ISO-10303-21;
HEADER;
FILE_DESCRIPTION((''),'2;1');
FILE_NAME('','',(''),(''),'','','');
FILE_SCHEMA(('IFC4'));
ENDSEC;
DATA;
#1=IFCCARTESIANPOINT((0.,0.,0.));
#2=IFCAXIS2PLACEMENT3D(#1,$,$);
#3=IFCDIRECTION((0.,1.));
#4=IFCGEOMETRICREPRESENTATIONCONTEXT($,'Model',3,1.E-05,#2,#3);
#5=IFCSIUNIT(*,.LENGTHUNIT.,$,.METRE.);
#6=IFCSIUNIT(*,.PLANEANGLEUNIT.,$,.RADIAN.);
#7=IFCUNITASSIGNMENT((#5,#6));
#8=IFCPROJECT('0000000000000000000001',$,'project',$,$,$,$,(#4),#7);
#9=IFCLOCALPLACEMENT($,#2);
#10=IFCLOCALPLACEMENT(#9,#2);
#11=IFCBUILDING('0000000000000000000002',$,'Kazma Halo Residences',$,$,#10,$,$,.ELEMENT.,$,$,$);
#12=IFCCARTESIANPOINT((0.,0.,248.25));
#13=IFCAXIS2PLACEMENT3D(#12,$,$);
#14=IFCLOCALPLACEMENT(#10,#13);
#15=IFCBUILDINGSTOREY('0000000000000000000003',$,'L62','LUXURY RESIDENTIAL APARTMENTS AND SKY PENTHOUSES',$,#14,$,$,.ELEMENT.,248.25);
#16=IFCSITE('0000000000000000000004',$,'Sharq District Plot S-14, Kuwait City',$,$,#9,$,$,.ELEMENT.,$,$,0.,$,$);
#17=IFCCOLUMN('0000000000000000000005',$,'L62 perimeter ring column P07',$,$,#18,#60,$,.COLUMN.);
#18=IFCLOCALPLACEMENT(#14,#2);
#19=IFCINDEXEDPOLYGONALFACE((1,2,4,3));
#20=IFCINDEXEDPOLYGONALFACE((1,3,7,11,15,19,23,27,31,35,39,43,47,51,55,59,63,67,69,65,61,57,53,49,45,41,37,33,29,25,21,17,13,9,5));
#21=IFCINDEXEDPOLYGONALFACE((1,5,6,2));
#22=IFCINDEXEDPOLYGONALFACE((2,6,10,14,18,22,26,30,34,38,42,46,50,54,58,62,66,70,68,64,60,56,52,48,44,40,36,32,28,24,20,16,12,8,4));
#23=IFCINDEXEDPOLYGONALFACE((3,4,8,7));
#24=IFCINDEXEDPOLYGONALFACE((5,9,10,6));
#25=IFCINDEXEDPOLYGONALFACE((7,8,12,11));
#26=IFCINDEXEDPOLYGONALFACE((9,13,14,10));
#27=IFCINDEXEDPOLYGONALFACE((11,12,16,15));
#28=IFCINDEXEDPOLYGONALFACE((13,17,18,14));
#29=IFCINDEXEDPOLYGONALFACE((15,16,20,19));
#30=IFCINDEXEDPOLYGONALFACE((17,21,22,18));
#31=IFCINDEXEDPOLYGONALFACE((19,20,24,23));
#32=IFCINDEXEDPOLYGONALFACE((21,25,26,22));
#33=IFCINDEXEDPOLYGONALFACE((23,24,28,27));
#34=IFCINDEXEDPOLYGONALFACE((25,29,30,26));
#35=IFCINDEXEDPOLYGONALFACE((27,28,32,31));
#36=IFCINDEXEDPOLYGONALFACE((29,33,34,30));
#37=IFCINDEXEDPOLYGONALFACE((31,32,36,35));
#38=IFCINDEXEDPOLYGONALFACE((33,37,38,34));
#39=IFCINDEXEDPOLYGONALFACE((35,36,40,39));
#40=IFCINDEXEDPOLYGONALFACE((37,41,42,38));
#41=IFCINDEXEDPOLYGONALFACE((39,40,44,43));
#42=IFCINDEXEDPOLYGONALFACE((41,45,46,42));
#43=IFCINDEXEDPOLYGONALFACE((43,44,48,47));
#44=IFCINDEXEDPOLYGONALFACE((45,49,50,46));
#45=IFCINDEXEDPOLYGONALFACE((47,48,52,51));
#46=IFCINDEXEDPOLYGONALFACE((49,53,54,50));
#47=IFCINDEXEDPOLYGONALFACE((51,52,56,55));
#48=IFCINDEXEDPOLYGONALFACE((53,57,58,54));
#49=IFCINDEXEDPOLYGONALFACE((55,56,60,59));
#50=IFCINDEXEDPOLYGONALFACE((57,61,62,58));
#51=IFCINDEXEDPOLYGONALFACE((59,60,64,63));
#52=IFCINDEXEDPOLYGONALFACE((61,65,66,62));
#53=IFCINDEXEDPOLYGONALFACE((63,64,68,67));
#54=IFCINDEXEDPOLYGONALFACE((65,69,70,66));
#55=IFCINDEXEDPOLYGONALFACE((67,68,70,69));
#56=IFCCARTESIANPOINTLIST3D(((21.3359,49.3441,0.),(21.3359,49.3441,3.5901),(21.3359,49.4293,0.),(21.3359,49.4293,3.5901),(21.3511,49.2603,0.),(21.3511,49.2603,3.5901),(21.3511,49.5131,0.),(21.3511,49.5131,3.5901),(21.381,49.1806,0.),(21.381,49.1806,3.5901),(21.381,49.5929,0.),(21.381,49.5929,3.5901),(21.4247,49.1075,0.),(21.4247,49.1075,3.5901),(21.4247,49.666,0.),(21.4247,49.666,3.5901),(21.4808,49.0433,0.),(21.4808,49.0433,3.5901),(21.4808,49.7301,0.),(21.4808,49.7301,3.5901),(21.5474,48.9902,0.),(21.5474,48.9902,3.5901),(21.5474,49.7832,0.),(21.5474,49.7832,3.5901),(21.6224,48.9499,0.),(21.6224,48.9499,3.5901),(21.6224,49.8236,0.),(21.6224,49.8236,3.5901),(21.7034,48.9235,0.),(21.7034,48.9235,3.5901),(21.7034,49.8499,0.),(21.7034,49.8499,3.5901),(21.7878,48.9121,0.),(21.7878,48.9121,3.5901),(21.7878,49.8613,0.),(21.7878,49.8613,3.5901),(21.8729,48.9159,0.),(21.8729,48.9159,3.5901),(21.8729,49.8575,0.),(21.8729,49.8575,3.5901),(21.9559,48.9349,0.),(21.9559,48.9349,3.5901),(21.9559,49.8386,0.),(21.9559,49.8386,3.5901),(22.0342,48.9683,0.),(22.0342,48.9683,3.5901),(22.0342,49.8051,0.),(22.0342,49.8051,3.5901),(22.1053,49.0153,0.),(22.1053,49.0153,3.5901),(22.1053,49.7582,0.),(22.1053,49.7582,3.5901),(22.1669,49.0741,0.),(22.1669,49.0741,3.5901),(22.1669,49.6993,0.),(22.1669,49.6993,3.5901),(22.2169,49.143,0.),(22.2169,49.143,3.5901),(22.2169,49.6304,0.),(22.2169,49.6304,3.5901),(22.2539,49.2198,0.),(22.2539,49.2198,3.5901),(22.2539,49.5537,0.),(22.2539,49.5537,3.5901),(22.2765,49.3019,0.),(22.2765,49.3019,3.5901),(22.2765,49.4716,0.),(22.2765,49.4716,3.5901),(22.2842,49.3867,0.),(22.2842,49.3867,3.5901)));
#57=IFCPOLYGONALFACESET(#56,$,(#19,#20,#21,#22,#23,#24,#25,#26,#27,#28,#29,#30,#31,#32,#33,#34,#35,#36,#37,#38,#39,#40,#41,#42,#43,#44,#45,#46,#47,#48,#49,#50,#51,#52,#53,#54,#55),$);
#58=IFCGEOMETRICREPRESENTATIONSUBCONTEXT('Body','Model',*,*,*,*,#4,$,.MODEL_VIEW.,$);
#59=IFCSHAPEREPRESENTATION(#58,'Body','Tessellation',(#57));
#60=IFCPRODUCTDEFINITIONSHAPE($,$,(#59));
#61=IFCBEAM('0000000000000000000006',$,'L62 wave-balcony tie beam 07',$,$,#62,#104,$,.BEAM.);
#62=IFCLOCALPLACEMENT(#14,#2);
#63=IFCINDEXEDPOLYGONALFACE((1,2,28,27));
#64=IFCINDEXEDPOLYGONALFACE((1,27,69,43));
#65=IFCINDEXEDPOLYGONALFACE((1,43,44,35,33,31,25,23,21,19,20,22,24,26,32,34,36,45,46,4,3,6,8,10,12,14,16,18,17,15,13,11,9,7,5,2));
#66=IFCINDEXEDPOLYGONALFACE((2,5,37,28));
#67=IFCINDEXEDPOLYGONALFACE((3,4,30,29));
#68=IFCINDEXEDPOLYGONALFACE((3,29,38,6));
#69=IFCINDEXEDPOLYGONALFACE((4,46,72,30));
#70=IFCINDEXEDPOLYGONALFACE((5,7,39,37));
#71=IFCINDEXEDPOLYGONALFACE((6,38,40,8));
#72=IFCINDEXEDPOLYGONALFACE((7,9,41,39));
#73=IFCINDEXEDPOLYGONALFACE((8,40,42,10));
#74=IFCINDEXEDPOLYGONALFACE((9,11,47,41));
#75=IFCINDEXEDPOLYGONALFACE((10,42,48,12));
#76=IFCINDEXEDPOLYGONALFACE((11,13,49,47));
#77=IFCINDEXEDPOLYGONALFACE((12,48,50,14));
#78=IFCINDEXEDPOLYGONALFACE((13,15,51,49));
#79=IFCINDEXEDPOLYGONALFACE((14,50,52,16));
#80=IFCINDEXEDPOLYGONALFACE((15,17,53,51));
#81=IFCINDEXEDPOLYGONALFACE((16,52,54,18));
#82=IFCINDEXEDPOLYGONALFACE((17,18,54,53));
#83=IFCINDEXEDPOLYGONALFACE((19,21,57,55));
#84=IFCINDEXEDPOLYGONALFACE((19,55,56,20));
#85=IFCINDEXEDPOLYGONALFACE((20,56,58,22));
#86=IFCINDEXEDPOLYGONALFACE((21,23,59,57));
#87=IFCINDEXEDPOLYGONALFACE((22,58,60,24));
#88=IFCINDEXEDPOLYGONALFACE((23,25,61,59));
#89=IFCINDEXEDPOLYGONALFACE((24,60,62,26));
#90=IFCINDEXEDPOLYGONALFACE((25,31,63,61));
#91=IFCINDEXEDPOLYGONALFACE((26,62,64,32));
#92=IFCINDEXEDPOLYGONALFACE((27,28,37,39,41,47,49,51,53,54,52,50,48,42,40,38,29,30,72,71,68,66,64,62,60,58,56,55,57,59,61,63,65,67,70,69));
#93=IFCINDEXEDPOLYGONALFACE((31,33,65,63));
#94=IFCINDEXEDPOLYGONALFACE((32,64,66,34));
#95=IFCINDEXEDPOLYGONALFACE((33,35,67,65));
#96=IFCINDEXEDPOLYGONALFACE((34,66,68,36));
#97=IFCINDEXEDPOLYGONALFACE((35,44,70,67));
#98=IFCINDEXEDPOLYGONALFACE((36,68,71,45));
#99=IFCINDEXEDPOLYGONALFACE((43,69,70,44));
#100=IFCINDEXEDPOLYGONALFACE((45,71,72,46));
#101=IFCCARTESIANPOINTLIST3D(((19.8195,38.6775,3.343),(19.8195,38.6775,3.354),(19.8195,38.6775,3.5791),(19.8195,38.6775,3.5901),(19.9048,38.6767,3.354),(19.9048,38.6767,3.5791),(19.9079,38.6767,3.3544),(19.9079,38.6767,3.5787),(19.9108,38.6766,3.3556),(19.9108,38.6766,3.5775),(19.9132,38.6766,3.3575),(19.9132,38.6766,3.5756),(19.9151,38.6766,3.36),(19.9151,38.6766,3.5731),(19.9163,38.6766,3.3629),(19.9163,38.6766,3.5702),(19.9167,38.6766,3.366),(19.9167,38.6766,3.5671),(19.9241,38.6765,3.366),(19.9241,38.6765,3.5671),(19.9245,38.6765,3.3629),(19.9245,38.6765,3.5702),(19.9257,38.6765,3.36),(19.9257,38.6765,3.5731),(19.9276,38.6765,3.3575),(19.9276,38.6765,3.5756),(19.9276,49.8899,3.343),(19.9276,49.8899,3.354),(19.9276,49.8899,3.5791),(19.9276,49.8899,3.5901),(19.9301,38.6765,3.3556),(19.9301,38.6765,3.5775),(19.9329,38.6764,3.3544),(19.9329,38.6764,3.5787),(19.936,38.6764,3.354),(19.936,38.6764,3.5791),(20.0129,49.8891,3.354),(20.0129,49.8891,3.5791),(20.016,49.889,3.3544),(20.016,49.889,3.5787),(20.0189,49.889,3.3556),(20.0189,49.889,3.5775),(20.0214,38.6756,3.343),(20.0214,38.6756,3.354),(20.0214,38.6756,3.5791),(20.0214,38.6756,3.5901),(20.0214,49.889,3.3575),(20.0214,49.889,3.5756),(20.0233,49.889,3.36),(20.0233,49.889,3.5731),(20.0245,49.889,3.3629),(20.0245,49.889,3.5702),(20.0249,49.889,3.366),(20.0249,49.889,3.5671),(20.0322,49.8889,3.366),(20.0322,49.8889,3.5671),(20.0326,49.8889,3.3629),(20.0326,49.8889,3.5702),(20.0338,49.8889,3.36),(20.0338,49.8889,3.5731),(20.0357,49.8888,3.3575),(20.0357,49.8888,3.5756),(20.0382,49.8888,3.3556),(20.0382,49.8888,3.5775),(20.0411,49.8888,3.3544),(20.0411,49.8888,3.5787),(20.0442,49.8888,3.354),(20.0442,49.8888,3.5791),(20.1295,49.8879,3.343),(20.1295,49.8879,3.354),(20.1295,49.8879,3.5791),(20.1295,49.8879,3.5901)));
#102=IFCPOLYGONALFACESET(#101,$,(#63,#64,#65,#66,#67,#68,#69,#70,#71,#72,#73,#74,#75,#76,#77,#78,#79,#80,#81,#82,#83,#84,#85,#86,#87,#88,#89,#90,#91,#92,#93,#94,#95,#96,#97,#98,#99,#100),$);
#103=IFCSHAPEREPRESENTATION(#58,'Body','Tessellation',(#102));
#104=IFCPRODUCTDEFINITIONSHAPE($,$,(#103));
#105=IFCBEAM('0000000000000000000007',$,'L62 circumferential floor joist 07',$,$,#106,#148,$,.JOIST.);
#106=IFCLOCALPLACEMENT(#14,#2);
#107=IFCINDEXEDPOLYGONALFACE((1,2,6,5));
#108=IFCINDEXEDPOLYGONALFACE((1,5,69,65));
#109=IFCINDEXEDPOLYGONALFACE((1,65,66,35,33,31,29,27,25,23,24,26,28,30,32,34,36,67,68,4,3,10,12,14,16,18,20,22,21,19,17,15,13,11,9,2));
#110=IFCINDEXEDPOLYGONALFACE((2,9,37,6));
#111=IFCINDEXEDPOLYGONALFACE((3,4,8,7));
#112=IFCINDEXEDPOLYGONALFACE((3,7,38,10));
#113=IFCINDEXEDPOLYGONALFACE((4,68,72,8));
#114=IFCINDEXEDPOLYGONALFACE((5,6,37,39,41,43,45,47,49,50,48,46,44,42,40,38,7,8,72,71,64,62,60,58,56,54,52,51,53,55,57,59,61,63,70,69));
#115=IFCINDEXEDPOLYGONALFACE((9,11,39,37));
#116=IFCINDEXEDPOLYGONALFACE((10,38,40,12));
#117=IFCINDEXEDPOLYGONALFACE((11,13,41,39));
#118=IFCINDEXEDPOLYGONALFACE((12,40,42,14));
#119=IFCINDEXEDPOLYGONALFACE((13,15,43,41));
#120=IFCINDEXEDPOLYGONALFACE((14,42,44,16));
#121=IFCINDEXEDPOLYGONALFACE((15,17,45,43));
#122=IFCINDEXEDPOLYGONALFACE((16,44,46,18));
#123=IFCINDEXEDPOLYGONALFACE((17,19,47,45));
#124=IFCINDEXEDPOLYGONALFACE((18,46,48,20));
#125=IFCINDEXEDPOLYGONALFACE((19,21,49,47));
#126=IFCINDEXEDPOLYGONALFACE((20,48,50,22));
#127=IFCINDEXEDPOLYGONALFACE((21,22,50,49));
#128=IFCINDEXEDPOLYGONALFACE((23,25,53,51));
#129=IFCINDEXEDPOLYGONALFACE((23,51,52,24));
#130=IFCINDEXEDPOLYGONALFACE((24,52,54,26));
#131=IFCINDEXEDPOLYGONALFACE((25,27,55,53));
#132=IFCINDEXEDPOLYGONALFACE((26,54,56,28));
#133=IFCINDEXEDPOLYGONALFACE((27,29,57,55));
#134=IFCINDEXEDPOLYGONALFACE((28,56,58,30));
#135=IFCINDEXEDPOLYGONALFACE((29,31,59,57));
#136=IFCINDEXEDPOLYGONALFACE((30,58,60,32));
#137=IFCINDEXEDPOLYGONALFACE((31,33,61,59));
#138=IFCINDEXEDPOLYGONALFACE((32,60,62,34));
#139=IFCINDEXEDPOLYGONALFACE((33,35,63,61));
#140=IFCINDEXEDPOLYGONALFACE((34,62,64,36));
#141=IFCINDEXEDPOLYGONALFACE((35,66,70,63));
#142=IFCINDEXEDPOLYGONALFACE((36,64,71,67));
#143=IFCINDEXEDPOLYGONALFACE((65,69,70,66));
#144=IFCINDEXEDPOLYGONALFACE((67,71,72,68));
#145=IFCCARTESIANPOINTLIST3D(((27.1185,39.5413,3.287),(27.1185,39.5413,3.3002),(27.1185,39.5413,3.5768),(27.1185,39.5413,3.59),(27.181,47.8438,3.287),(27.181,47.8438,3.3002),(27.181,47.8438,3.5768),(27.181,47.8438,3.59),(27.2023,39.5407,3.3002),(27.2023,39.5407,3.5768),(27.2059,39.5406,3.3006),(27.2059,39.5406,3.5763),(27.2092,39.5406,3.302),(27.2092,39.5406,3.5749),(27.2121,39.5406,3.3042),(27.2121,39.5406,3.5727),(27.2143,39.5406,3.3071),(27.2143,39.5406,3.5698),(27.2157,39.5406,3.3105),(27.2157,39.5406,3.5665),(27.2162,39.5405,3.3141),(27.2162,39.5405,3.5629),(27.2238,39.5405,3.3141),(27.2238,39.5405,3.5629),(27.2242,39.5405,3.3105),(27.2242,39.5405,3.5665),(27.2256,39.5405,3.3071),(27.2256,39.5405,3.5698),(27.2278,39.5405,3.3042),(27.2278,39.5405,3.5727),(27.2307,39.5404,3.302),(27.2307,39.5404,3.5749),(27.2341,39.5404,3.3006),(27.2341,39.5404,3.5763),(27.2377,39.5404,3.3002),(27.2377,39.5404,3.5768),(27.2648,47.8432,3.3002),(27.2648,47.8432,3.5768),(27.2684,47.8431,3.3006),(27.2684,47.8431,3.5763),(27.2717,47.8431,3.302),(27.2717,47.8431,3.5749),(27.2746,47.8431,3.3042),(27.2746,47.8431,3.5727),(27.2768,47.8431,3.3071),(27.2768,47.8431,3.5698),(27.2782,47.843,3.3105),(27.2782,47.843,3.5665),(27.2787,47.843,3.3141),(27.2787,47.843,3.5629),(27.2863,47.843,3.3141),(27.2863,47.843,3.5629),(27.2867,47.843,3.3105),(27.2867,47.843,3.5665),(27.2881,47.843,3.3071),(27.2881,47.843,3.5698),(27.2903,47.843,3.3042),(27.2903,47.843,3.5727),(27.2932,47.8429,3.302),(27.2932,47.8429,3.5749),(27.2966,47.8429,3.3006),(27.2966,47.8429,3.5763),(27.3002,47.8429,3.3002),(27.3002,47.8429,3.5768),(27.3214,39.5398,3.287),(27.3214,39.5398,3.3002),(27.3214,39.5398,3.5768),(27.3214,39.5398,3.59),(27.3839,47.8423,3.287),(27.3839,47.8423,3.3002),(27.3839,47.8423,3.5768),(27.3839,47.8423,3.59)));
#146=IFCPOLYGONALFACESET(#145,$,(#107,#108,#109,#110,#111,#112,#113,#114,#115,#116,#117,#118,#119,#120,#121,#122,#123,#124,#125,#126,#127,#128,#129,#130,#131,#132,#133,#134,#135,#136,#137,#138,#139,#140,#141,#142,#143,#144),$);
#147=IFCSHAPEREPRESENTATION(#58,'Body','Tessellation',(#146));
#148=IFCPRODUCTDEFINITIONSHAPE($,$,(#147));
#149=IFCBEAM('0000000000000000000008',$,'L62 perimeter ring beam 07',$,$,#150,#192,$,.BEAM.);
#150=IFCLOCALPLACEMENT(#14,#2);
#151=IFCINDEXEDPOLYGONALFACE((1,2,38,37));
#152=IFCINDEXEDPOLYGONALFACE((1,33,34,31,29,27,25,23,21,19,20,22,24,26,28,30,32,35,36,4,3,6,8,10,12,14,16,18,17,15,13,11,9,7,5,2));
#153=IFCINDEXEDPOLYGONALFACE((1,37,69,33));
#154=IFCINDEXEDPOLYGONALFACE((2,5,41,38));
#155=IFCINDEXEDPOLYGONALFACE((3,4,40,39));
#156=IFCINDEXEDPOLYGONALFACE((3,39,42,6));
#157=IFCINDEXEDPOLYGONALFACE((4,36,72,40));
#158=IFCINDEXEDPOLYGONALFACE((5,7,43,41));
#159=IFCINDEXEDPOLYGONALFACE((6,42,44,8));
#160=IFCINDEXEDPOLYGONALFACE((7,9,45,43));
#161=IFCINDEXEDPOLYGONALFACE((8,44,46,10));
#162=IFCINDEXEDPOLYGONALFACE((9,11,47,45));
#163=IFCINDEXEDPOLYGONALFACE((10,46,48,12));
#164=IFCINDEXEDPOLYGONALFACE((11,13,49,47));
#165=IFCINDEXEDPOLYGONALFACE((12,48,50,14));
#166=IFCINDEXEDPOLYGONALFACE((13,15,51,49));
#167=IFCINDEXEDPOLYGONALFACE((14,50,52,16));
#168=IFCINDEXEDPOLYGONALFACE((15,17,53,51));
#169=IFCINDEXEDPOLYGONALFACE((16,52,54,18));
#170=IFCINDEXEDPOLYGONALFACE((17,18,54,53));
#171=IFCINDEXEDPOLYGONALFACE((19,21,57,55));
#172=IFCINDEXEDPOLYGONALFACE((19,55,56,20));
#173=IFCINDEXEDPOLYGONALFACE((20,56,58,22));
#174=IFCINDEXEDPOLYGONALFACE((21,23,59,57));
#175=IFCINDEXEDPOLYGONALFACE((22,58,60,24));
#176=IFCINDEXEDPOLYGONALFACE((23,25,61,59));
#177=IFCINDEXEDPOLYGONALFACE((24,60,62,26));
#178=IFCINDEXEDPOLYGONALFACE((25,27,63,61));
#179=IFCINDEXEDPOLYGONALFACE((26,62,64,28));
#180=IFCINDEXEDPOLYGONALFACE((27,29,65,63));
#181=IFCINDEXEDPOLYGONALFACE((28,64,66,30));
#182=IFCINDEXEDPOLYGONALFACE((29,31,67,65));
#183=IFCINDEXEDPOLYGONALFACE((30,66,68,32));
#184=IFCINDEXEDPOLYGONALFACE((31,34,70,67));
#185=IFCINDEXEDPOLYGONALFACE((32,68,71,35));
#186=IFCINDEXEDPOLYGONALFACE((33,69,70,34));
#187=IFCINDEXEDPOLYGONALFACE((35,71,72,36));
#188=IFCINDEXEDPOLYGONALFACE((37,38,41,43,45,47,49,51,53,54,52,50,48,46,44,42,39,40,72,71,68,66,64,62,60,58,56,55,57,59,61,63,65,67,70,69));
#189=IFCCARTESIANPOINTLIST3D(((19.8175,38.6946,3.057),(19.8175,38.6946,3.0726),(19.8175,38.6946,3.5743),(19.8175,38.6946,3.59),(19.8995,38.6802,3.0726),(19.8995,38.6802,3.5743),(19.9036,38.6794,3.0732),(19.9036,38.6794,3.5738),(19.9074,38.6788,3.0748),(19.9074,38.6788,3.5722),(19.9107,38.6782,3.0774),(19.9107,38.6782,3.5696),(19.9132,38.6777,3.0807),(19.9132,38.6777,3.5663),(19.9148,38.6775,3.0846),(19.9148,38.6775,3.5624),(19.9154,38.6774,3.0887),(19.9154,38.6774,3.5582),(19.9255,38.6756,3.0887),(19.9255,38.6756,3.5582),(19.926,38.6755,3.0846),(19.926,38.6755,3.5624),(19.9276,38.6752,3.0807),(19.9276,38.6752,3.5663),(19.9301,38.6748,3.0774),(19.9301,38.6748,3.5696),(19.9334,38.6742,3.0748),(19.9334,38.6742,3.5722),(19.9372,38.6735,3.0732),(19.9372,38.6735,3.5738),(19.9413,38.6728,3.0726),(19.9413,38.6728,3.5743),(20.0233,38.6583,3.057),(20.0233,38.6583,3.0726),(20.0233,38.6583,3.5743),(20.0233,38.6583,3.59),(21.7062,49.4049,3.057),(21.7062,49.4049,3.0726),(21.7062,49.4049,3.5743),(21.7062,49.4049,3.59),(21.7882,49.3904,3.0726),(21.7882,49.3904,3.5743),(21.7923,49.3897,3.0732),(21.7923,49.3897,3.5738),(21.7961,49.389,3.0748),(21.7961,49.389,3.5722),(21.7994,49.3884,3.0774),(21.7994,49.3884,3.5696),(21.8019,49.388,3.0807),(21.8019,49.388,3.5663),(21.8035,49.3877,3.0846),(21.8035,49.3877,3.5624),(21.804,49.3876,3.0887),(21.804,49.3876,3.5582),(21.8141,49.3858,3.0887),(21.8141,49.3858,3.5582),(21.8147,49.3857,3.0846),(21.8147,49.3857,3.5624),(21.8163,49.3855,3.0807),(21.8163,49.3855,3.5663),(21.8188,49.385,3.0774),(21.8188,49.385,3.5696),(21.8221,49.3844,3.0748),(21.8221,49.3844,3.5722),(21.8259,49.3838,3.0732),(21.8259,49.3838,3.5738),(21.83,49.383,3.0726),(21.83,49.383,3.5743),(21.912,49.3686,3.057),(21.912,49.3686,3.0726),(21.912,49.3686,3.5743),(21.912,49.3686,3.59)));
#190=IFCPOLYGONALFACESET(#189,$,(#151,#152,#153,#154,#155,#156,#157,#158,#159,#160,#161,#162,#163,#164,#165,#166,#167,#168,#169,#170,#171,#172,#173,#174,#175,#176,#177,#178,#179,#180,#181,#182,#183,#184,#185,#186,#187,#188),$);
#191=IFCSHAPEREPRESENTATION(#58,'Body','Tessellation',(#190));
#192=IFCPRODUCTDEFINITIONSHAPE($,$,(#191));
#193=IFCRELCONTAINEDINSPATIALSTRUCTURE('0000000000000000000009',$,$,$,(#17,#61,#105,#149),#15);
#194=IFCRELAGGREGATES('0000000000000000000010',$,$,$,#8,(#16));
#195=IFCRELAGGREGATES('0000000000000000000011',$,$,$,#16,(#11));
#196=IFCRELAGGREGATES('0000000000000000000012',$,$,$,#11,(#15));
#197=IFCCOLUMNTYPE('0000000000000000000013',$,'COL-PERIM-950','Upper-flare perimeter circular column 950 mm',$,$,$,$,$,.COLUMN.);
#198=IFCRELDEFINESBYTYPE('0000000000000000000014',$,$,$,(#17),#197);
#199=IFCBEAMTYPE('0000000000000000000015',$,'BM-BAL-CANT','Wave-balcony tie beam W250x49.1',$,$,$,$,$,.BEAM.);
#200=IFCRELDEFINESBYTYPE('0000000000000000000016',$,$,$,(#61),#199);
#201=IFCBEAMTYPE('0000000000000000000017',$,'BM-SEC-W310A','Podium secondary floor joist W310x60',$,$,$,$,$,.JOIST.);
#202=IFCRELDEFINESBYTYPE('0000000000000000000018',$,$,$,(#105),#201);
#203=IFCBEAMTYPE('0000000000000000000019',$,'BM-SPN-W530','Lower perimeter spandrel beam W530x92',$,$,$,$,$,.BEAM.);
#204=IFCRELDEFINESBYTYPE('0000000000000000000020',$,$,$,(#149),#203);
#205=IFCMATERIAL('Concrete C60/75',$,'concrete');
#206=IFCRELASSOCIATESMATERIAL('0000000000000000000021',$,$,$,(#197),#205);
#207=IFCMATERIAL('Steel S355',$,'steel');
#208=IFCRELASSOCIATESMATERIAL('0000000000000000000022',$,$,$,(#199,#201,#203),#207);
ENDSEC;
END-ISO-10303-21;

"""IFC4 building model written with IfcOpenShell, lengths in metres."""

from ifc_helpers import new_model, si_unit, direction, frame, origin, origin_2d, place, context, subcontext, project, spatial, circle, i_section, extrude, material, material_profile, profile_set, type_object, element, save


model = new_model("IFC4")

# Units and contexts
model_context = context("Model", 3, precision=1e-05, world=origin(), true_north=direction((0.0, 1.0)))
body_context = subcontext(model_context, "Body", "Model", "MODEL_VIEW")
ifc_project = project(units=[si_unit("LENGTHUNIT", "METRE"), si_unit("PLANEANGLEUNIT", "RADIAN")], contexts=[model_context])

# Site, building, storey
site_placement = place(None, origin())
site = spatial("IfcSite", under=ifc_project, at=site_placement, Name="Sharq District Plot S-14, Kuwait City", CompositionType="ELEMENT", RefElevation=0.0)
building_placement = place(site_placement, origin())
building = spatial("IfcBuilding", under=site, at=building_placement, Name="Kazma Halo Residences", CompositionType="ELEMENT")
storey_placement = place(building_placement, frame((0.0, 0.0, 248.25)))
storey = spatial("IfcBuildingStorey", under=building, at=storey_placement, Name="L62", Description="LUXURY RESIDENTIAL APARTMENTS AND SKY PENTHOUSES", CompositionType="ELEMENT", Elevation=248.25)

# Column
ifc_material_1 = material(Name="Concrete C60/75", Category="concrete")
ifc_material_profile_1 = material_profile(ifc_material_1, circle(Radius=0.4751, at=origin_2d()), Name="CIRC950")
ifc_profile_set_1 = profile_set([ifc_material_profile_1], Name="Concrete C60/75")
column_type = type_object("IfcColumnType", Name="COL-PERIM-950", Description="Upper-flare perimeter circular column 950 mm", PredefinedType="COLUMN", material=ifc_profile_set_1)
column_placement = place(storey_placement, frame((21.8091, 49.3867, 0.0), z_axis=(0.0, 0.0, 1.0), x_axis=(1.0, 0.0, 0.0)))
element("IfcColumn", 1, at=column_placement, inside=storey, type_object=column_type, Name="L62 perimeter ring column P07", PredefinedType="COLUMN", context=body_context, shape_type="SweptSolid", body=[
    extrude(circle(Radius=0.4751, at=origin_2d()), origin(), (0.0, 0.0, 1.0), 3.5901),
])

# Beams
ifc_material_2 = material(Name="Steel S355", Category="steel")
ifc_material_profile_2 = material_profile(ifc_material_2, i_section(OverallWidth=0.2019, OverallDepth=0.2471, WebThickness=0.0073, FlangeThickness=0.011, FilletRadius=0.012, at=origin_2d()), Name="W250x49.1")
ifc_profile_set_2 = profile_set([ifc_material_profile_2], Name="Steel S355")
beam_type_1 = type_object("IfcBeamType", Name="BM-BAL-CANT", Description="Wave-balcony tie beam W250x49.1", PredefinedType="BEAM", material=ifc_profile_set_2)
beam_1_placement = place(storey_placement, frame((20.0286, 49.8889, 3.4666), z_axis=(-0.009646, -0.999953, 0.0), x_axis=(0.999953, -0.009646, 0.0)))
element("IfcBeam", 2, at=beam_1_placement, inside=storey, type_object=beam_type_1, Name="L62 wave-balcony tie beam 07", PredefinedType="BEAM", context=body_context, shape_type="SweptSolid", body=[
    extrude(i_section(OverallWidth=0.2019, OverallDepth=0.2471, WebThickness=0.0073, FlangeThickness=0.011, FilletRadius=0.012, at=origin_2d()), origin(), (0.0, 0.0, 1.0), 11.2129),
])
ifc_material_profile_3 = material_profile(ifc_material_2, i_section(OverallWidth=0.2029, OverallDepth=0.303, WebThickness=0.0076, FlangeThickness=0.0132, FilletRadius=0.0139, at=origin_2d()), Name="W310x60")
ifc_profile_set_3 = profile_set([ifc_material_profile_3], Name="Steel S355")
beam_type_2 = type_object("IfcBeamType", Name="BM-SEC-W310A", Description="Podium secondary floor joist W310x60", PredefinedType="JOIST", material=ifc_profile_set_3)
beam_2_placement = place(storey_placement, frame((27.2825, 47.843, 3.4385), z_axis=(-0.007528, -0.999972, 0.0), x_axis=(0.999972, -0.007528, 0.0)))
element("IfcBeam", 3, at=beam_2_placement, inside=storey, type_object=beam_type_2, Name="L62 circumferential floor joist 07", PredefinedType="JOIST", context=body_context, shape_type="SweptSolid", body=[
    extrude(i_section(OverallWidth=0.2029, OverallDepth=0.303, WebThickness=0.0076, FlangeThickness=0.0132, FilletRadius=0.0139, at=origin_2d()), origin(), (0.0, 0.0, 1.0), 8.3027),
])
ifc_material_profile_4 = material_profile(ifc_material_2, i_section(OverallWidth=0.209, OverallDepth=0.533, WebThickness=0.0103, FlangeThickness=0.0156, FilletRadius=0.0161, at=origin_2d()), Name="W530x92")
ifc_profile_set_4 = profile_set([ifc_material_profile_4], Name="Steel S355")
beam_type_3 = type_object("IfcBeamType", Name="BM-SPN-W530", Description="Lower perimeter spandrel beam W530x92", PredefinedType="BEAM", material=ifc_profile_set_4)
beam_3_placement = place(storey_placement, frame((21.8091, 49.3867, 3.3235), z_axis=(-0.173664, -0.984805, 0.0), x_axis=(0.984805, -0.173664, 0.0)))
element("IfcBeam", 4, at=beam_3_placement, inside=storey, type_object=beam_type_3, Name="L62 perimeter ring beam 07", PredefinedType="BEAM", context=body_context, shape_type="SweptSolid", body=[
    extrude(i_section(OverallWidth=0.209, OverallDepth=0.533, WebThickness=0.0103, FlangeThickness=0.0156, FilletRadius=0.0161, at=origin_2d()), origin(), (0.0, 0.0, 1.0), 10.8755),
])

save(model, "model.ifc")
